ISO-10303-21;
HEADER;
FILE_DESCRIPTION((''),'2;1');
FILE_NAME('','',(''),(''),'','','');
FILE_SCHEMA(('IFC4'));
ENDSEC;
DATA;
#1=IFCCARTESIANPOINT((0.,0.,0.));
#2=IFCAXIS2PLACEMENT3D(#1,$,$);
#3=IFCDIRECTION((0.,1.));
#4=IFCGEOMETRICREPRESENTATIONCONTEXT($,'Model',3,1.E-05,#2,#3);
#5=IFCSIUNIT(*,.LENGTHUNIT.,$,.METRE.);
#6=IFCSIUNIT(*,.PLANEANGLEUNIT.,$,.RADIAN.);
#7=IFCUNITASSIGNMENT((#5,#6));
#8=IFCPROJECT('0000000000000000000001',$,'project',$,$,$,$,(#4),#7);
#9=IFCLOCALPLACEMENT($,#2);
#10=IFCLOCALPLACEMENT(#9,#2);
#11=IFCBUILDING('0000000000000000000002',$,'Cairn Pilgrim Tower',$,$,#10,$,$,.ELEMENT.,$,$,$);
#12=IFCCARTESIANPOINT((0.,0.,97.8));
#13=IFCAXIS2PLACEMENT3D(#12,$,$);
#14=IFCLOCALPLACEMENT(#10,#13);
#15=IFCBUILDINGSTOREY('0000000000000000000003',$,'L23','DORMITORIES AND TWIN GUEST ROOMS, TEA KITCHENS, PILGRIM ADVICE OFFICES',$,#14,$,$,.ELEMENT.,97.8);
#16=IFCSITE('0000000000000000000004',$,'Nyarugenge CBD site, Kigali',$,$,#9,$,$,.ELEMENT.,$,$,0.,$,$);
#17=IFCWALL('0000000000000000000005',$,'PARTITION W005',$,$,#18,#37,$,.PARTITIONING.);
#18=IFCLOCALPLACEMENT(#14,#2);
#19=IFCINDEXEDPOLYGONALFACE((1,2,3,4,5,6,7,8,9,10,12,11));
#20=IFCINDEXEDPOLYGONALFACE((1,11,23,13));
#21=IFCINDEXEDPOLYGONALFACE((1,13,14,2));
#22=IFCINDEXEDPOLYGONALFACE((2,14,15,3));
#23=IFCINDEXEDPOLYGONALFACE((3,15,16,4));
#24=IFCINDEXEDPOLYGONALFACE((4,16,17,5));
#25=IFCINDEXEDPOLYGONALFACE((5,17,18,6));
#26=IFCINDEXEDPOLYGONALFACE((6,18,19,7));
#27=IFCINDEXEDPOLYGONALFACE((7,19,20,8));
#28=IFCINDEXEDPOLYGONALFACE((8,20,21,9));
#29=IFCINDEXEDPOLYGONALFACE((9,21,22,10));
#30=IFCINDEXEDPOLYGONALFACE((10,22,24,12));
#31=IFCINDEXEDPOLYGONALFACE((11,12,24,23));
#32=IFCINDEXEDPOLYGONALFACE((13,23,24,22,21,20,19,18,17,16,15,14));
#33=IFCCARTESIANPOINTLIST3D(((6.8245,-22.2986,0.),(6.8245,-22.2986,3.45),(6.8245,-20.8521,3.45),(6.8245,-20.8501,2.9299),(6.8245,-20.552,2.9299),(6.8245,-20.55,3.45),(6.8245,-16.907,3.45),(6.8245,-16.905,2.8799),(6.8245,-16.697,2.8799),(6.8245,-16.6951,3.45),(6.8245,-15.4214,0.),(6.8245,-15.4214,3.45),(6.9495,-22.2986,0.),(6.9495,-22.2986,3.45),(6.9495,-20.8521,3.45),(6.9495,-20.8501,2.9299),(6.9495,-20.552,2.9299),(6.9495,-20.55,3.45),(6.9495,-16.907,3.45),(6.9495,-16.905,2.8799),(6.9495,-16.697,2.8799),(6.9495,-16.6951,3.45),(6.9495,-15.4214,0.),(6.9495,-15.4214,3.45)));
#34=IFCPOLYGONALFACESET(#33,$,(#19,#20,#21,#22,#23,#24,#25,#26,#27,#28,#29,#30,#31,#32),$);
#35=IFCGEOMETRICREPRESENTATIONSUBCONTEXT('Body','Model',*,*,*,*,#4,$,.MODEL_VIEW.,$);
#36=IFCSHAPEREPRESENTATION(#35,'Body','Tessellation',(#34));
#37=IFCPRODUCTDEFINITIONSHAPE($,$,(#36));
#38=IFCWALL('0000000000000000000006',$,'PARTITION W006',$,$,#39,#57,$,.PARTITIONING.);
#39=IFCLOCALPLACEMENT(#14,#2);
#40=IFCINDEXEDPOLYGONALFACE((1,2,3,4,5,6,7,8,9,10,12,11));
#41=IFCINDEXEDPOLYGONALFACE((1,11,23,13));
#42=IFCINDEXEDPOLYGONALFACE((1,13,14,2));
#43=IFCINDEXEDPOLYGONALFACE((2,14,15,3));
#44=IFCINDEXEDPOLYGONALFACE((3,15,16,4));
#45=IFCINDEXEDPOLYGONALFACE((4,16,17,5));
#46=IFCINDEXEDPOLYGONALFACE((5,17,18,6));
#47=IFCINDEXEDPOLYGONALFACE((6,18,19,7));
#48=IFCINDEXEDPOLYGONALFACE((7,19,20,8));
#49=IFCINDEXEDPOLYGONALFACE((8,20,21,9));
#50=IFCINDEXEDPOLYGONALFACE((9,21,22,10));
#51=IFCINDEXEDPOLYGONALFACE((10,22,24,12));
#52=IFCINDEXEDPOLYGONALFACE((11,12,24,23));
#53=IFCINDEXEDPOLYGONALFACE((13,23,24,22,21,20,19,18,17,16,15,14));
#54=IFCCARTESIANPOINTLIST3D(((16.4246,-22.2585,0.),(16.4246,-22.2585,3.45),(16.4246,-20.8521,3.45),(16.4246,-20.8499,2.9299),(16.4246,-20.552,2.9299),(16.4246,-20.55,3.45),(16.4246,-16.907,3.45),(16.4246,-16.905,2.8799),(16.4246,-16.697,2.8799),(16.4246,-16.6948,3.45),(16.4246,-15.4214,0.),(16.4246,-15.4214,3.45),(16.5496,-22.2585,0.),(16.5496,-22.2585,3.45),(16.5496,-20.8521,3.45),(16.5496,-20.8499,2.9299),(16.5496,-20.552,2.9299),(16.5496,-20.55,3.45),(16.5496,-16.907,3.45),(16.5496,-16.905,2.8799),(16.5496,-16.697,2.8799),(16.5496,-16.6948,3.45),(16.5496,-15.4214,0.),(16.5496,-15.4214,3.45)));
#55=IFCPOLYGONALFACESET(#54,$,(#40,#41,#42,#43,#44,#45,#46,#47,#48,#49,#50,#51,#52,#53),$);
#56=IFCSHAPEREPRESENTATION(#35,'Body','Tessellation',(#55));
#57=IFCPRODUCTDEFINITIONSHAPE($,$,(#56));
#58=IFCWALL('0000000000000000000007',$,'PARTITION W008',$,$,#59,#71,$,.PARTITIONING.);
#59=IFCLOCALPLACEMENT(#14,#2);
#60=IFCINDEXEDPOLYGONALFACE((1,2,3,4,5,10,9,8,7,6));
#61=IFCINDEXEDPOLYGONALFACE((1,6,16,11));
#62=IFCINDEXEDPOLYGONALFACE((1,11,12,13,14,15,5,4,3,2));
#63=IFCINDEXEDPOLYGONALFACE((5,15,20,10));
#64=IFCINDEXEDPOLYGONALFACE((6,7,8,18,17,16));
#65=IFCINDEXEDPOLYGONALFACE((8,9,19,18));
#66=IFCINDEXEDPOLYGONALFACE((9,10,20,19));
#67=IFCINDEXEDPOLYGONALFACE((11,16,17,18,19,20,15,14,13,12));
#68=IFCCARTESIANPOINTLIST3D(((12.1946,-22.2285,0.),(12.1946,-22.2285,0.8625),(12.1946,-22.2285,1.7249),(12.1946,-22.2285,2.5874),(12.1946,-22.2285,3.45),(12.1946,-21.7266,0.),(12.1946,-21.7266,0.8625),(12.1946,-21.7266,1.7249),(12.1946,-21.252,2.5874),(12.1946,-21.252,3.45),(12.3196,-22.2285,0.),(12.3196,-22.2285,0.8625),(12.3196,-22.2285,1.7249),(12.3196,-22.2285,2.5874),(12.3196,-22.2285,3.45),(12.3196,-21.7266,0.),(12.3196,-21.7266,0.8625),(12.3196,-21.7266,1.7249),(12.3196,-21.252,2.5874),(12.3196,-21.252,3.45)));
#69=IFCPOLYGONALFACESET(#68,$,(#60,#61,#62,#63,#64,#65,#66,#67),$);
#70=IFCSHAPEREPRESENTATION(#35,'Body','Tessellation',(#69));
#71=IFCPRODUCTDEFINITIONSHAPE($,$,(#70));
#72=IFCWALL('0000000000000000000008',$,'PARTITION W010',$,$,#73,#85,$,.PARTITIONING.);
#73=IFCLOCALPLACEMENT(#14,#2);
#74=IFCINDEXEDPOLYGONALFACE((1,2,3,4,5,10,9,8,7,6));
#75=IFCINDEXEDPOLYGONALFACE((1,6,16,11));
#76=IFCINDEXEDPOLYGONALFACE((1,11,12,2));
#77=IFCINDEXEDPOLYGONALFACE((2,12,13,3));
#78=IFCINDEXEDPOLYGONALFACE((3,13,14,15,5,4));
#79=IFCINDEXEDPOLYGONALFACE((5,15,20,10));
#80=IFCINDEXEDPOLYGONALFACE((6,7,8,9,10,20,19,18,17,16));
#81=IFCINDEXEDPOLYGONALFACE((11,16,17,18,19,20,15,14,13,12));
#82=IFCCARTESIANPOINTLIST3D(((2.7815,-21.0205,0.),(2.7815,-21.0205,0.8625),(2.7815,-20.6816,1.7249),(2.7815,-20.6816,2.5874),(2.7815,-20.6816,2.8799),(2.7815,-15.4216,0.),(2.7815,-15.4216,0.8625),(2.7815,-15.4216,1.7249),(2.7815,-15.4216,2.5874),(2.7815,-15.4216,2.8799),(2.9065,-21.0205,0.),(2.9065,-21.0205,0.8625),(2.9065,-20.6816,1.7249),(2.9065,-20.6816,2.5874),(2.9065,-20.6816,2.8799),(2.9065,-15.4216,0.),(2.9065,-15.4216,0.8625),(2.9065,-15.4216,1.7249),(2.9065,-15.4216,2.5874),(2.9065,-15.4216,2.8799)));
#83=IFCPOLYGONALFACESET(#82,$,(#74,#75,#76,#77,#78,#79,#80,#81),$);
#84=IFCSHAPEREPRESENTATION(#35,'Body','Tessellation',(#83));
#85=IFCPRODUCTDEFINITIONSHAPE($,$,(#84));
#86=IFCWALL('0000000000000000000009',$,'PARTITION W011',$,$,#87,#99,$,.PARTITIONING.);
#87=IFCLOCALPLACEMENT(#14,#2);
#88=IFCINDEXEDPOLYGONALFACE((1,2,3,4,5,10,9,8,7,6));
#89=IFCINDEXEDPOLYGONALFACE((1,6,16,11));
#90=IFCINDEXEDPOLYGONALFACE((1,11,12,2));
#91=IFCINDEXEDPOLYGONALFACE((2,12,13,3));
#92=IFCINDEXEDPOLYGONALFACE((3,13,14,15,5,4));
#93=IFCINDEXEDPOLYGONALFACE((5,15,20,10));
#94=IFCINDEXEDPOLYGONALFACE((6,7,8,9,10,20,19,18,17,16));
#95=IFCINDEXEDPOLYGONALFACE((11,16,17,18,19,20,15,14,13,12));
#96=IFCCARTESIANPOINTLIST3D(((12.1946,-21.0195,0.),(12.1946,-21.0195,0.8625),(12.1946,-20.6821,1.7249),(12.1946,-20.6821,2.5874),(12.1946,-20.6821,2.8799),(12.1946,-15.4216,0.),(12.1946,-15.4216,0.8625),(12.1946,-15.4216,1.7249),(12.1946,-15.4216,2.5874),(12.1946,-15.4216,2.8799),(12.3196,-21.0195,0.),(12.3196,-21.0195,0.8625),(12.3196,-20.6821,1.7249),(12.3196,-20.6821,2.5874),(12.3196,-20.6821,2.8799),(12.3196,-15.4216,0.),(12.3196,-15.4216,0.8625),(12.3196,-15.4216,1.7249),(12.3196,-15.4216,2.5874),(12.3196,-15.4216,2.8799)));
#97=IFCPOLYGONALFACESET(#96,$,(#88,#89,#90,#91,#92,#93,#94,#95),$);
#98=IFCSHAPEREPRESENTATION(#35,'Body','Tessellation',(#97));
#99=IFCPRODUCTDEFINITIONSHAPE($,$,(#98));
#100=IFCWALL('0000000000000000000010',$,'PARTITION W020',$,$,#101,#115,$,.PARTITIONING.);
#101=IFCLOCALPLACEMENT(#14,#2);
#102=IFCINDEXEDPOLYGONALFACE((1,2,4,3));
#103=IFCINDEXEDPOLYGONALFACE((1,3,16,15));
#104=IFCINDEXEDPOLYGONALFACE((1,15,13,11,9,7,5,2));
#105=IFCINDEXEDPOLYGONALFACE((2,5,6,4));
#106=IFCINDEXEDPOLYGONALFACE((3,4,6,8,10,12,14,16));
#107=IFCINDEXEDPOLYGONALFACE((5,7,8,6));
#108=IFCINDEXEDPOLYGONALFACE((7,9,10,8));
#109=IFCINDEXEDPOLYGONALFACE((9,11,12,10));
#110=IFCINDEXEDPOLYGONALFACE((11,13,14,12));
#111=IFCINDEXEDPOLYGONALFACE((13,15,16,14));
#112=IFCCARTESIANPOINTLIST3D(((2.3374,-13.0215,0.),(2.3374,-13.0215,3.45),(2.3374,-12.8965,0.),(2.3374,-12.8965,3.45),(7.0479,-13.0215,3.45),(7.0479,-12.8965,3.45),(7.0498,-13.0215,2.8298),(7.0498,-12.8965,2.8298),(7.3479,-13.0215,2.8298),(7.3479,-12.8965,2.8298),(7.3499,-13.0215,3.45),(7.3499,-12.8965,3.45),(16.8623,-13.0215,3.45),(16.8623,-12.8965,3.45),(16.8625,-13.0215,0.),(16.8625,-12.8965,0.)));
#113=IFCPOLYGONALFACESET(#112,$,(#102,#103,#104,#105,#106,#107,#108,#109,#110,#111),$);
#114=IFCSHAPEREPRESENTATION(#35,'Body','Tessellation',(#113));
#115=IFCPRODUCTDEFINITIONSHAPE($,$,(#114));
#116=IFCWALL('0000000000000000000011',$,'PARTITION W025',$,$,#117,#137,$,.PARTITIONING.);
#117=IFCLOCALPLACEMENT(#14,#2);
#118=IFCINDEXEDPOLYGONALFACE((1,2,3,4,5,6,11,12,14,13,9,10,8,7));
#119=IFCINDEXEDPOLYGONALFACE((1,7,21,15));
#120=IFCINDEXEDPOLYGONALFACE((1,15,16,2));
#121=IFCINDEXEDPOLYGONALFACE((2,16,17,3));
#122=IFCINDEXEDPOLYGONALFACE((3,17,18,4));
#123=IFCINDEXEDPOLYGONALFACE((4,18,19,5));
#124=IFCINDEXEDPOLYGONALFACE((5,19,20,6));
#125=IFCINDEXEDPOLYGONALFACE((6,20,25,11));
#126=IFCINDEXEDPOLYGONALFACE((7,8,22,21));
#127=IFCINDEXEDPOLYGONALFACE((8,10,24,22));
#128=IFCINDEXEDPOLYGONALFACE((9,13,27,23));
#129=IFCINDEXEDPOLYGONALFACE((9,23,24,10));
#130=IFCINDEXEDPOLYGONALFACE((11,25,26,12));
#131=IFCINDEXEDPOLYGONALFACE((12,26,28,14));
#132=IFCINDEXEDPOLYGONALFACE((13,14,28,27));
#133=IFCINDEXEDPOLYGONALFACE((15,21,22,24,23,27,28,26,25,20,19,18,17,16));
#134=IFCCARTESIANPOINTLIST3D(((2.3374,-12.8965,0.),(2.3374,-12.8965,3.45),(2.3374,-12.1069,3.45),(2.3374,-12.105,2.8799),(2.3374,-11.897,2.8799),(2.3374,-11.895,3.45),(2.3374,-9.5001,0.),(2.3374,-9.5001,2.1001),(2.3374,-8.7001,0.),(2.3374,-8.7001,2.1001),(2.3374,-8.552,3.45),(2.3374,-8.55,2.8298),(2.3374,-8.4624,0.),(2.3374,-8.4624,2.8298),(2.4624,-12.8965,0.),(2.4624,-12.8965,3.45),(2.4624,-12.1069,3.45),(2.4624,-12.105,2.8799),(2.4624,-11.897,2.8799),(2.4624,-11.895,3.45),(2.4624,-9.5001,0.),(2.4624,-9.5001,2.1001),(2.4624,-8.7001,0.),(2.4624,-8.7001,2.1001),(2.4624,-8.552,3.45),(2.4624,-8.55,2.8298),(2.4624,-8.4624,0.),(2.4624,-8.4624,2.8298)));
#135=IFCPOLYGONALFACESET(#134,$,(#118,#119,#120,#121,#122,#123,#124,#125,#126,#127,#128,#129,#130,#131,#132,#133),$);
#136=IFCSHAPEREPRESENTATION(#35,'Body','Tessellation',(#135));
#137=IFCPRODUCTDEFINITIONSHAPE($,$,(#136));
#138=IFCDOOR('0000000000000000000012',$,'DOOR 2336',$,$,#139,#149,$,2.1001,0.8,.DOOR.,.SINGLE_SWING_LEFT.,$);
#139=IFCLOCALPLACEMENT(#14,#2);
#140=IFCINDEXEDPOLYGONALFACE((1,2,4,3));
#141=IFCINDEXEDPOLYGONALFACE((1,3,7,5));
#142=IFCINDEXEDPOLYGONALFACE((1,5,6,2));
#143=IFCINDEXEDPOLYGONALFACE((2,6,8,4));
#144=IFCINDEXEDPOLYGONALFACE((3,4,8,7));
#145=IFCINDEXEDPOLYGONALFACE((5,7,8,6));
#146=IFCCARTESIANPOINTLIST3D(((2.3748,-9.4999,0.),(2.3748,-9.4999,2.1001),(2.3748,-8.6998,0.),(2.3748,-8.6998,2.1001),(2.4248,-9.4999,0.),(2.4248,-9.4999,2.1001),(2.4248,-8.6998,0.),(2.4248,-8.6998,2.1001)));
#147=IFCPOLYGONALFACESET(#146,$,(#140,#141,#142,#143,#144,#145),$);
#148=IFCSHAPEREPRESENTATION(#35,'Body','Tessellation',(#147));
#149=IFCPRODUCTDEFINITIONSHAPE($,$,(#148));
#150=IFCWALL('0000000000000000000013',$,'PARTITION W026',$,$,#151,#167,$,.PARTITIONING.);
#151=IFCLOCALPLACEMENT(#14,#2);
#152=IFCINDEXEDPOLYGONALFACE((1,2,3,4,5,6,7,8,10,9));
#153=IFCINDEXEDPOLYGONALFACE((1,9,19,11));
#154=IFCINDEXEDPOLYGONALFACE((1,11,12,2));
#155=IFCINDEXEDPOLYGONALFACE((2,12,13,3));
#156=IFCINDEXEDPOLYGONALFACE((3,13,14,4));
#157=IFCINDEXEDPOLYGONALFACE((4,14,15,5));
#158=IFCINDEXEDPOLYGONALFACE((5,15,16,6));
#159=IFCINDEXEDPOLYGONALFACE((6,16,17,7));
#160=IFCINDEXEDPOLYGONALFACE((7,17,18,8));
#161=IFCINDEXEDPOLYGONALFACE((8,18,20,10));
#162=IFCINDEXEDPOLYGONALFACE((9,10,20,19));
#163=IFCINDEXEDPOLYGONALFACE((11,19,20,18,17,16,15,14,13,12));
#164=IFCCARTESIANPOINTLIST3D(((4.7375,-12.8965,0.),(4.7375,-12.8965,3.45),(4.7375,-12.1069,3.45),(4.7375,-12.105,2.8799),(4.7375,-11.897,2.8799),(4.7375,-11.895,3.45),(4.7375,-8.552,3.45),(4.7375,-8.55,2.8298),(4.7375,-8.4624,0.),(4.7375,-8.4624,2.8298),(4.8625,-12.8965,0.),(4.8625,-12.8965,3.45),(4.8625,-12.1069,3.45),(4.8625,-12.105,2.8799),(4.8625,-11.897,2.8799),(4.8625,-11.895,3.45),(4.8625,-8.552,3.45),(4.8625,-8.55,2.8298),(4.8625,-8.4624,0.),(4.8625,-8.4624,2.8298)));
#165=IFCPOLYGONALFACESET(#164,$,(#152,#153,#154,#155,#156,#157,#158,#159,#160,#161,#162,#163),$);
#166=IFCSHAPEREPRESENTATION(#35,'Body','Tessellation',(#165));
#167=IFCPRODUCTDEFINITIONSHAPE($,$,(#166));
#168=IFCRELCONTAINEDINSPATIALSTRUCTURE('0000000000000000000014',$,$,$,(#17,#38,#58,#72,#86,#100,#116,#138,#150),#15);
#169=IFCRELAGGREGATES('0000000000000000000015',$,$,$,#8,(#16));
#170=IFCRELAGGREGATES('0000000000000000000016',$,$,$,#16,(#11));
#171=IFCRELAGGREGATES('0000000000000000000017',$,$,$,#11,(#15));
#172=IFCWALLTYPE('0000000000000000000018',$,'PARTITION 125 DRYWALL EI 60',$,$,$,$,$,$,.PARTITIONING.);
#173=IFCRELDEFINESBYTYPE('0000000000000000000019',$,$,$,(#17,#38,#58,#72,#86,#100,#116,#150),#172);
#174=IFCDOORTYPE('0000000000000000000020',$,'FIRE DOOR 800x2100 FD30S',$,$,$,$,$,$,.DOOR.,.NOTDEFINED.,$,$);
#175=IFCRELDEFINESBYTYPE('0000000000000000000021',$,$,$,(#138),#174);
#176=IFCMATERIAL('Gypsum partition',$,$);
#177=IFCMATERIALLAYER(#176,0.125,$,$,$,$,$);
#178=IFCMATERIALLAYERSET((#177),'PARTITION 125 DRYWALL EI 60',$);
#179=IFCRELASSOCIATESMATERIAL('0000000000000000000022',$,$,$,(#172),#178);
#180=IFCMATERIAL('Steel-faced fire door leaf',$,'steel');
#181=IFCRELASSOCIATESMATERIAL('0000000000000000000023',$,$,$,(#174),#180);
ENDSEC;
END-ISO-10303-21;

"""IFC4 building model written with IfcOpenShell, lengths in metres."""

from ifc_helpers import new_model, si_unit, direction, frame, frame_2d, origin, place, context, subcontext, project, spatial, polyline, rectangle, outline, extrude, material, layer, layer_set, type_object, element, fill, save


model = new_model("IFC4")

# Units and contexts
model_context = context("Model", 3, precision=1e-05, world=origin(), true_north=direction((0.0, 1.0)))
body_context = subcontext(model_context, "Body", "Model", "MODEL_VIEW")
ifc_project = project(units=[si_unit("LENGTHUNIT", "METRE"), si_unit("PLANEANGLEUNIT", "RADIAN")], contexts=[model_context])

# Site, building, storey
site_placement = place(None, origin())
site = spatial("IfcSite", under=ifc_project, at=site_placement, Name="Nyarugenge CBD site, Kigali", CompositionType="ELEMENT", RefElevation=0.0)
building_placement = place(site_placement, origin())
building = spatial("IfcBuilding", under=site, at=building_placement, Name="Cairn Pilgrim Tower", CompositionType="ELEMENT")
storey_placement = place(building_placement, frame((0.0, 0.0, 97.8)))
storey = spatial("IfcBuildingStorey", under=building, at=storey_placement, Name="L23", Description="DORMITORIES AND TWIN GUEST ROOMS, TEA KITCHENS, PILGRIM ADVICE OFFICES", CompositionType="ELEMENT", Elevation=97.8)

# Walls
ifc_material_1 = material(Name="Gypsum partition")
ifc_layer_1 = layer(ifc_material_1, 0.125)
ifc_layer_set_1 = layer_set([ifc_layer_1], Name="PARTITION 125 DRYWALL EI 60")
wall_type_1 = type_object("IfcWallType", Name="PARTITION 125 DRYWALL EI 60", PredefinedType="PARTITIONING", material=ifc_layer_set_1)
wall_1_placement = place(storey_placement, frame((6.887, -22.2986, 0.0), z_axis=(0.0, 0.0, 1.0), x_axis=(0.0, 1.0, 0.0)))
element("IfcWall", 1, at=wall_1_placement, inside=storey, type_object=wall_type_1, Name="PARTITION W005", PredefinedType="PARTITIONING", context=body_context, shape_type="SweptSolid", body=[
    extrude(outline(polyline([(0.0, 0.0), (6.8772, 0.0), (6.8772, 3.45), (5.6035, 3.45), (5.6016, 2.8799), (5.3936, 2.8799), (5.3916, 3.45), (1.7485, 3.45), (1.7466, 2.9299), (1.4485, 2.9299), (1.4465, 3.45), (0.0, 3.45), (0.0, 0.0)])), frame((0.0, 0.0625, 0.0), z_axis=(0.0, -1.0, 0.0), x_axis=(1.0, 0.0, 0.0)), (0.0, 0.0, 1.0), 0.125),
])
wall_2_placement = place(storey_placement, frame((16.4871, -22.2585, 0.0), z_axis=(0.0, 0.0, 1.0), x_axis=(0.0, 1.0, 0.0)))
element("IfcWall", 2, at=wall_2_placement, inside=storey, type_object=wall_type_1, Name="PARTITION W006", PredefinedType="PARTITIONING", context=body_context, shape_type="SweptSolid", body=[
    extrude(outline(polyline([(0.0, 0.0), (6.8372, 0.0), (6.8372, 3.45), (5.5637, 3.45), (5.5615, 2.8799), (5.3535, 2.8799), (5.3516, 3.45), (1.7085, 3.45), (1.7065, 2.9299), (1.4087, 2.9299), (1.4065, 3.45), (0.0, 3.45), (0.0, 0.0)])), frame((0.0, 0.0625, 0.0), z_axis=(0.0, -1.0, 0.0), x_axis=(1.0, 0.0, 0.0)), (0.0, 0.0, 1.0), 0.125),
])
wall_3_placement = place(storey_placement, frame((12.2571, -22.2285, 0.0), z_axis=(0.0, 0.0, 1.0), x_axis=(0.0, 1.0, 0.0)))
element("IfcWall", 3, at=wall_3_placement, inside=storey, type_object=wall_type_1, Name="PARTITION W008", PredefinedType="PARTITIONING", context=body_context, shape_type="SweptSolid", body=[
    extrude(outline(polyline([(0.0, 0.0), (0.502, 0.0), (0.502, 0.8625), (0.502, 1.7249), (0.9766, 2.5874), (0.9766, 3.45), (0.0, 3.45), (0.0, 2.5874), (0.0, 1.7249), (0.0, 0.8625), (0.0, 0.0)])), frame((0.0, 0.0625, 0.0), z_axis=(0.0, -1.0, 0.0), x_axis=(1.0, 0.0, 0.0)), (0.0, 0.0, 1.0), 0.125),
])
wall_4_placement = place(storey_placement, frame((2.844, -21.0205, 0.0), z_axis=(0.0, 0.0, 1.0), x_axis=(0.0, 1.0, 0.0)))
element("IfcWall", 4, at=wall_4_placement, inside=storey, type_object=wall_type_1, Name="PARTITION W010", PredefinedType="PARTITIONING", context=body_context, shape_type="SweptSolid", body=[
    extrude(outline(polyline([(0.0, 0.0), (5.5989, 0.0), (5.5989, 0.8625), (5.5989, 1.7249), (5.5989, 2.5874), (5.5989, 2.8799), (0.3389, 2.8799), (0.3389, 2.5874), (0.3389, 1.7249), (0.0, 0.8625), (0.0, 0.0)])), frame((0.0, 0.0625, 0.0), z_axis=(0.0, -1.0, 0.0), x_axis=(1.0, 0.0, 0.0)), (0.0, 0.0, 1.0), 0.125),
])
wall_5_placement = place(storey_placement, frame((12.2571, -21.0195, 0.0), z_axis=(0.0, 0.0, 1.0), x_axis=(0.0, 1.0, 0.0)))
element("IfcWall", 5, at=wall_5_placement, inside=storey, type_object=wall_type_1, Name="PARTITION W011", PredefinedType="PARTITIONING", context=body_context, shape_type="SweptSolid", body=[
    extrude(outline(polyline([(0.0, 0.0), (5.5979, 0.0), (5.5979, 0.8625), (5.5979, 1.7249), (5.5979, 2.5874), (5.5979, 2.8799), (0.3374, 2.8799), (0.3374, 2.5874), (0.3374, 1.7249), (0.0, 0.8625), (0.0, 0.0)])), frame((0.0, 0.0625, 0.0), z_axis=(0.0, -1.0, 0.0), x_axis=(1.0, 0.0, 0.0)), (0.0, 0.0, 1.0), 0.125),
])
wall_6_placement = place(storey_placement, frame((2.3374, -12.959, 0.0), z_axis=(0.0, 0.0, 1.0), x_axis=(1.0, 0.0, 0.0)))
element("IfcWall", 6, at=wall_6_placement, inside=storey, type_object=wall_type_1, Name="PARTITION W020", PredefinedType="PARTITIONING", context=body_context, shape_type="SweptSolid", body=[
    extrude(outline(polyline([(0.0, 0.0), (14.5251, 0.0), (14.5249, 3.45), (5.0125, 3.45), (5.0105, 2.8298), (4.7124, 2.8298), (4.7104, 3.45), (0.0, 3.45), (0.0, 0.0)])), frame((0.0, 0.0625, 0.0), z_axis=(0.0, -1.0, 0.0), x_axis=(1.0, 0.0, 0.0)), (0.0, 0.0, 1.0), 0.125),
])

# Wall, opening, door
wall_7_placement = place(storey_placement, frame((2.3999, -12.8965, 0.0), z_axis=(0.0, 0.0, 1.0), x_axis=(0.0, 1.0, 0.0)))
wall_7 = element("IfcWall", 7, at=wall_7_placement, inside=storey, type_object=wall_type_1, Name="PARTITION W025", PredefinedType="PARTITIONING", context=body_context, shape_type="SweptSolid", body=[
    extrude(outline(polyline([(0.0, 0.0), (4.4341, 0.0), (4.4341, 2.8298), (4.3464, 2.8298), (4.3445, 3.45), (1.0015, 3.45), (0.9995, 2.8799), (0.7915, 2.8799), (0.7896, 3.45), (0.0, 3.45), (0.0, 0.0)])), frame((0.0, 0.0625, 0.0), z_axis=(0.0, -1.0, 0.0), x_axis=(1.0, 0.0, 0.0)), (0.0, 0.0, 1.0), 0.125),
])
opening_1_placement = place(wall_7_placement, frame((3.3965, 0.0, 0.0)))
opening_1 = element("IfcOpeningElement", 8, at=opening_1_placement, cuts=wall_7, PredefinedType="OPENING", context=body_context, shape_type="SweptSolid", body=[
    extrude(rectangle(XDim=0.8, YDim=2.1001, at=frame_2d((0.3999, 1.05))), frame((0.0, 0.0725, 0.0), z_axis=(0.0, -1.0, 0.0), x_axis=(1.0, 0.0, 0.0)), (0.0, 0.0, 1.0), 0.145),
])
ifc_material_2 = material(Name="Steel-faced fire door leaf", Category="steel")
door_type_1 = type_object("IfcDoorType", Name="FIRE DOOR 800x2100 FD30S", OperationType="NOTDEFINED", PredefinedType="DOOR", material=ifc_material_2)
door_1_placement = place(opening_1_placement, frame((0.8, 0.0, 0.0), z_axis=(0.0, 0.0, 1.0), x_axis=(-1.0, 0.0, 0.0)))
door_1 = element("IfcDoor", 9, at=door_1_placement, inside=storey, type_object=door_type_1, Name="DOOR 2336", OperationType="SINGLE_SWING_LEFT", OverallHeight=2.1001, OverallWidth=0.8, PredefinedType="DOOR", context=body_context, shape_type="SweptSolid", body=[
    extrude(rectangle(XDim=0.8, YDim=2.1001, at=frame_2d((0.3999, 1.05))), frame((0.0, 0.0249, 0.0), z_axis=(0.0, -1.0, 0.0), x_axis=(1.0, 0.0, 0.0)), (0.0, 0.0, 1.0), 0.05),
])
fill(opening_1, door_1)

# Wall
for number, where, z_axis, x_axis, name in (
    (10, (4.8, -12.8965, 0.0), (0.0, 0.0, 1.0), (0.0, 1.0, 0.0), "PARTITION W026"),
):
    element("IfcWall", number, at=place(storey_placement, frame(where, z_axis=z_axis, x_axis=x_axis)), inside=storey, type_object=wall_type_1, Name=name, PredefinedType="PARTITIONING", context=body_context, shape_type="SweptSolid", body=[
        extrude(outline(polyline([(0.0, 0.0), (4.4341, 0.0), (4.4341, 2.8298), (4.3464, 2.8298), (4.3445, 3.45), (1.0015, 3.45), (0.9995, 2.8799), (0.7915, 2.8799), (0.7896, 3.45), (0.0, 3.45), (0.0, 0.0)])), frame((0.0, 0.0625, 0.0), z_axis=(0.0, -1.0, 0.0), x_axis=(1.0, 0.0, 0.0)), (0.0, 0.0, 1.0), 0.125),
    ])

save(model, "model.ifc")
